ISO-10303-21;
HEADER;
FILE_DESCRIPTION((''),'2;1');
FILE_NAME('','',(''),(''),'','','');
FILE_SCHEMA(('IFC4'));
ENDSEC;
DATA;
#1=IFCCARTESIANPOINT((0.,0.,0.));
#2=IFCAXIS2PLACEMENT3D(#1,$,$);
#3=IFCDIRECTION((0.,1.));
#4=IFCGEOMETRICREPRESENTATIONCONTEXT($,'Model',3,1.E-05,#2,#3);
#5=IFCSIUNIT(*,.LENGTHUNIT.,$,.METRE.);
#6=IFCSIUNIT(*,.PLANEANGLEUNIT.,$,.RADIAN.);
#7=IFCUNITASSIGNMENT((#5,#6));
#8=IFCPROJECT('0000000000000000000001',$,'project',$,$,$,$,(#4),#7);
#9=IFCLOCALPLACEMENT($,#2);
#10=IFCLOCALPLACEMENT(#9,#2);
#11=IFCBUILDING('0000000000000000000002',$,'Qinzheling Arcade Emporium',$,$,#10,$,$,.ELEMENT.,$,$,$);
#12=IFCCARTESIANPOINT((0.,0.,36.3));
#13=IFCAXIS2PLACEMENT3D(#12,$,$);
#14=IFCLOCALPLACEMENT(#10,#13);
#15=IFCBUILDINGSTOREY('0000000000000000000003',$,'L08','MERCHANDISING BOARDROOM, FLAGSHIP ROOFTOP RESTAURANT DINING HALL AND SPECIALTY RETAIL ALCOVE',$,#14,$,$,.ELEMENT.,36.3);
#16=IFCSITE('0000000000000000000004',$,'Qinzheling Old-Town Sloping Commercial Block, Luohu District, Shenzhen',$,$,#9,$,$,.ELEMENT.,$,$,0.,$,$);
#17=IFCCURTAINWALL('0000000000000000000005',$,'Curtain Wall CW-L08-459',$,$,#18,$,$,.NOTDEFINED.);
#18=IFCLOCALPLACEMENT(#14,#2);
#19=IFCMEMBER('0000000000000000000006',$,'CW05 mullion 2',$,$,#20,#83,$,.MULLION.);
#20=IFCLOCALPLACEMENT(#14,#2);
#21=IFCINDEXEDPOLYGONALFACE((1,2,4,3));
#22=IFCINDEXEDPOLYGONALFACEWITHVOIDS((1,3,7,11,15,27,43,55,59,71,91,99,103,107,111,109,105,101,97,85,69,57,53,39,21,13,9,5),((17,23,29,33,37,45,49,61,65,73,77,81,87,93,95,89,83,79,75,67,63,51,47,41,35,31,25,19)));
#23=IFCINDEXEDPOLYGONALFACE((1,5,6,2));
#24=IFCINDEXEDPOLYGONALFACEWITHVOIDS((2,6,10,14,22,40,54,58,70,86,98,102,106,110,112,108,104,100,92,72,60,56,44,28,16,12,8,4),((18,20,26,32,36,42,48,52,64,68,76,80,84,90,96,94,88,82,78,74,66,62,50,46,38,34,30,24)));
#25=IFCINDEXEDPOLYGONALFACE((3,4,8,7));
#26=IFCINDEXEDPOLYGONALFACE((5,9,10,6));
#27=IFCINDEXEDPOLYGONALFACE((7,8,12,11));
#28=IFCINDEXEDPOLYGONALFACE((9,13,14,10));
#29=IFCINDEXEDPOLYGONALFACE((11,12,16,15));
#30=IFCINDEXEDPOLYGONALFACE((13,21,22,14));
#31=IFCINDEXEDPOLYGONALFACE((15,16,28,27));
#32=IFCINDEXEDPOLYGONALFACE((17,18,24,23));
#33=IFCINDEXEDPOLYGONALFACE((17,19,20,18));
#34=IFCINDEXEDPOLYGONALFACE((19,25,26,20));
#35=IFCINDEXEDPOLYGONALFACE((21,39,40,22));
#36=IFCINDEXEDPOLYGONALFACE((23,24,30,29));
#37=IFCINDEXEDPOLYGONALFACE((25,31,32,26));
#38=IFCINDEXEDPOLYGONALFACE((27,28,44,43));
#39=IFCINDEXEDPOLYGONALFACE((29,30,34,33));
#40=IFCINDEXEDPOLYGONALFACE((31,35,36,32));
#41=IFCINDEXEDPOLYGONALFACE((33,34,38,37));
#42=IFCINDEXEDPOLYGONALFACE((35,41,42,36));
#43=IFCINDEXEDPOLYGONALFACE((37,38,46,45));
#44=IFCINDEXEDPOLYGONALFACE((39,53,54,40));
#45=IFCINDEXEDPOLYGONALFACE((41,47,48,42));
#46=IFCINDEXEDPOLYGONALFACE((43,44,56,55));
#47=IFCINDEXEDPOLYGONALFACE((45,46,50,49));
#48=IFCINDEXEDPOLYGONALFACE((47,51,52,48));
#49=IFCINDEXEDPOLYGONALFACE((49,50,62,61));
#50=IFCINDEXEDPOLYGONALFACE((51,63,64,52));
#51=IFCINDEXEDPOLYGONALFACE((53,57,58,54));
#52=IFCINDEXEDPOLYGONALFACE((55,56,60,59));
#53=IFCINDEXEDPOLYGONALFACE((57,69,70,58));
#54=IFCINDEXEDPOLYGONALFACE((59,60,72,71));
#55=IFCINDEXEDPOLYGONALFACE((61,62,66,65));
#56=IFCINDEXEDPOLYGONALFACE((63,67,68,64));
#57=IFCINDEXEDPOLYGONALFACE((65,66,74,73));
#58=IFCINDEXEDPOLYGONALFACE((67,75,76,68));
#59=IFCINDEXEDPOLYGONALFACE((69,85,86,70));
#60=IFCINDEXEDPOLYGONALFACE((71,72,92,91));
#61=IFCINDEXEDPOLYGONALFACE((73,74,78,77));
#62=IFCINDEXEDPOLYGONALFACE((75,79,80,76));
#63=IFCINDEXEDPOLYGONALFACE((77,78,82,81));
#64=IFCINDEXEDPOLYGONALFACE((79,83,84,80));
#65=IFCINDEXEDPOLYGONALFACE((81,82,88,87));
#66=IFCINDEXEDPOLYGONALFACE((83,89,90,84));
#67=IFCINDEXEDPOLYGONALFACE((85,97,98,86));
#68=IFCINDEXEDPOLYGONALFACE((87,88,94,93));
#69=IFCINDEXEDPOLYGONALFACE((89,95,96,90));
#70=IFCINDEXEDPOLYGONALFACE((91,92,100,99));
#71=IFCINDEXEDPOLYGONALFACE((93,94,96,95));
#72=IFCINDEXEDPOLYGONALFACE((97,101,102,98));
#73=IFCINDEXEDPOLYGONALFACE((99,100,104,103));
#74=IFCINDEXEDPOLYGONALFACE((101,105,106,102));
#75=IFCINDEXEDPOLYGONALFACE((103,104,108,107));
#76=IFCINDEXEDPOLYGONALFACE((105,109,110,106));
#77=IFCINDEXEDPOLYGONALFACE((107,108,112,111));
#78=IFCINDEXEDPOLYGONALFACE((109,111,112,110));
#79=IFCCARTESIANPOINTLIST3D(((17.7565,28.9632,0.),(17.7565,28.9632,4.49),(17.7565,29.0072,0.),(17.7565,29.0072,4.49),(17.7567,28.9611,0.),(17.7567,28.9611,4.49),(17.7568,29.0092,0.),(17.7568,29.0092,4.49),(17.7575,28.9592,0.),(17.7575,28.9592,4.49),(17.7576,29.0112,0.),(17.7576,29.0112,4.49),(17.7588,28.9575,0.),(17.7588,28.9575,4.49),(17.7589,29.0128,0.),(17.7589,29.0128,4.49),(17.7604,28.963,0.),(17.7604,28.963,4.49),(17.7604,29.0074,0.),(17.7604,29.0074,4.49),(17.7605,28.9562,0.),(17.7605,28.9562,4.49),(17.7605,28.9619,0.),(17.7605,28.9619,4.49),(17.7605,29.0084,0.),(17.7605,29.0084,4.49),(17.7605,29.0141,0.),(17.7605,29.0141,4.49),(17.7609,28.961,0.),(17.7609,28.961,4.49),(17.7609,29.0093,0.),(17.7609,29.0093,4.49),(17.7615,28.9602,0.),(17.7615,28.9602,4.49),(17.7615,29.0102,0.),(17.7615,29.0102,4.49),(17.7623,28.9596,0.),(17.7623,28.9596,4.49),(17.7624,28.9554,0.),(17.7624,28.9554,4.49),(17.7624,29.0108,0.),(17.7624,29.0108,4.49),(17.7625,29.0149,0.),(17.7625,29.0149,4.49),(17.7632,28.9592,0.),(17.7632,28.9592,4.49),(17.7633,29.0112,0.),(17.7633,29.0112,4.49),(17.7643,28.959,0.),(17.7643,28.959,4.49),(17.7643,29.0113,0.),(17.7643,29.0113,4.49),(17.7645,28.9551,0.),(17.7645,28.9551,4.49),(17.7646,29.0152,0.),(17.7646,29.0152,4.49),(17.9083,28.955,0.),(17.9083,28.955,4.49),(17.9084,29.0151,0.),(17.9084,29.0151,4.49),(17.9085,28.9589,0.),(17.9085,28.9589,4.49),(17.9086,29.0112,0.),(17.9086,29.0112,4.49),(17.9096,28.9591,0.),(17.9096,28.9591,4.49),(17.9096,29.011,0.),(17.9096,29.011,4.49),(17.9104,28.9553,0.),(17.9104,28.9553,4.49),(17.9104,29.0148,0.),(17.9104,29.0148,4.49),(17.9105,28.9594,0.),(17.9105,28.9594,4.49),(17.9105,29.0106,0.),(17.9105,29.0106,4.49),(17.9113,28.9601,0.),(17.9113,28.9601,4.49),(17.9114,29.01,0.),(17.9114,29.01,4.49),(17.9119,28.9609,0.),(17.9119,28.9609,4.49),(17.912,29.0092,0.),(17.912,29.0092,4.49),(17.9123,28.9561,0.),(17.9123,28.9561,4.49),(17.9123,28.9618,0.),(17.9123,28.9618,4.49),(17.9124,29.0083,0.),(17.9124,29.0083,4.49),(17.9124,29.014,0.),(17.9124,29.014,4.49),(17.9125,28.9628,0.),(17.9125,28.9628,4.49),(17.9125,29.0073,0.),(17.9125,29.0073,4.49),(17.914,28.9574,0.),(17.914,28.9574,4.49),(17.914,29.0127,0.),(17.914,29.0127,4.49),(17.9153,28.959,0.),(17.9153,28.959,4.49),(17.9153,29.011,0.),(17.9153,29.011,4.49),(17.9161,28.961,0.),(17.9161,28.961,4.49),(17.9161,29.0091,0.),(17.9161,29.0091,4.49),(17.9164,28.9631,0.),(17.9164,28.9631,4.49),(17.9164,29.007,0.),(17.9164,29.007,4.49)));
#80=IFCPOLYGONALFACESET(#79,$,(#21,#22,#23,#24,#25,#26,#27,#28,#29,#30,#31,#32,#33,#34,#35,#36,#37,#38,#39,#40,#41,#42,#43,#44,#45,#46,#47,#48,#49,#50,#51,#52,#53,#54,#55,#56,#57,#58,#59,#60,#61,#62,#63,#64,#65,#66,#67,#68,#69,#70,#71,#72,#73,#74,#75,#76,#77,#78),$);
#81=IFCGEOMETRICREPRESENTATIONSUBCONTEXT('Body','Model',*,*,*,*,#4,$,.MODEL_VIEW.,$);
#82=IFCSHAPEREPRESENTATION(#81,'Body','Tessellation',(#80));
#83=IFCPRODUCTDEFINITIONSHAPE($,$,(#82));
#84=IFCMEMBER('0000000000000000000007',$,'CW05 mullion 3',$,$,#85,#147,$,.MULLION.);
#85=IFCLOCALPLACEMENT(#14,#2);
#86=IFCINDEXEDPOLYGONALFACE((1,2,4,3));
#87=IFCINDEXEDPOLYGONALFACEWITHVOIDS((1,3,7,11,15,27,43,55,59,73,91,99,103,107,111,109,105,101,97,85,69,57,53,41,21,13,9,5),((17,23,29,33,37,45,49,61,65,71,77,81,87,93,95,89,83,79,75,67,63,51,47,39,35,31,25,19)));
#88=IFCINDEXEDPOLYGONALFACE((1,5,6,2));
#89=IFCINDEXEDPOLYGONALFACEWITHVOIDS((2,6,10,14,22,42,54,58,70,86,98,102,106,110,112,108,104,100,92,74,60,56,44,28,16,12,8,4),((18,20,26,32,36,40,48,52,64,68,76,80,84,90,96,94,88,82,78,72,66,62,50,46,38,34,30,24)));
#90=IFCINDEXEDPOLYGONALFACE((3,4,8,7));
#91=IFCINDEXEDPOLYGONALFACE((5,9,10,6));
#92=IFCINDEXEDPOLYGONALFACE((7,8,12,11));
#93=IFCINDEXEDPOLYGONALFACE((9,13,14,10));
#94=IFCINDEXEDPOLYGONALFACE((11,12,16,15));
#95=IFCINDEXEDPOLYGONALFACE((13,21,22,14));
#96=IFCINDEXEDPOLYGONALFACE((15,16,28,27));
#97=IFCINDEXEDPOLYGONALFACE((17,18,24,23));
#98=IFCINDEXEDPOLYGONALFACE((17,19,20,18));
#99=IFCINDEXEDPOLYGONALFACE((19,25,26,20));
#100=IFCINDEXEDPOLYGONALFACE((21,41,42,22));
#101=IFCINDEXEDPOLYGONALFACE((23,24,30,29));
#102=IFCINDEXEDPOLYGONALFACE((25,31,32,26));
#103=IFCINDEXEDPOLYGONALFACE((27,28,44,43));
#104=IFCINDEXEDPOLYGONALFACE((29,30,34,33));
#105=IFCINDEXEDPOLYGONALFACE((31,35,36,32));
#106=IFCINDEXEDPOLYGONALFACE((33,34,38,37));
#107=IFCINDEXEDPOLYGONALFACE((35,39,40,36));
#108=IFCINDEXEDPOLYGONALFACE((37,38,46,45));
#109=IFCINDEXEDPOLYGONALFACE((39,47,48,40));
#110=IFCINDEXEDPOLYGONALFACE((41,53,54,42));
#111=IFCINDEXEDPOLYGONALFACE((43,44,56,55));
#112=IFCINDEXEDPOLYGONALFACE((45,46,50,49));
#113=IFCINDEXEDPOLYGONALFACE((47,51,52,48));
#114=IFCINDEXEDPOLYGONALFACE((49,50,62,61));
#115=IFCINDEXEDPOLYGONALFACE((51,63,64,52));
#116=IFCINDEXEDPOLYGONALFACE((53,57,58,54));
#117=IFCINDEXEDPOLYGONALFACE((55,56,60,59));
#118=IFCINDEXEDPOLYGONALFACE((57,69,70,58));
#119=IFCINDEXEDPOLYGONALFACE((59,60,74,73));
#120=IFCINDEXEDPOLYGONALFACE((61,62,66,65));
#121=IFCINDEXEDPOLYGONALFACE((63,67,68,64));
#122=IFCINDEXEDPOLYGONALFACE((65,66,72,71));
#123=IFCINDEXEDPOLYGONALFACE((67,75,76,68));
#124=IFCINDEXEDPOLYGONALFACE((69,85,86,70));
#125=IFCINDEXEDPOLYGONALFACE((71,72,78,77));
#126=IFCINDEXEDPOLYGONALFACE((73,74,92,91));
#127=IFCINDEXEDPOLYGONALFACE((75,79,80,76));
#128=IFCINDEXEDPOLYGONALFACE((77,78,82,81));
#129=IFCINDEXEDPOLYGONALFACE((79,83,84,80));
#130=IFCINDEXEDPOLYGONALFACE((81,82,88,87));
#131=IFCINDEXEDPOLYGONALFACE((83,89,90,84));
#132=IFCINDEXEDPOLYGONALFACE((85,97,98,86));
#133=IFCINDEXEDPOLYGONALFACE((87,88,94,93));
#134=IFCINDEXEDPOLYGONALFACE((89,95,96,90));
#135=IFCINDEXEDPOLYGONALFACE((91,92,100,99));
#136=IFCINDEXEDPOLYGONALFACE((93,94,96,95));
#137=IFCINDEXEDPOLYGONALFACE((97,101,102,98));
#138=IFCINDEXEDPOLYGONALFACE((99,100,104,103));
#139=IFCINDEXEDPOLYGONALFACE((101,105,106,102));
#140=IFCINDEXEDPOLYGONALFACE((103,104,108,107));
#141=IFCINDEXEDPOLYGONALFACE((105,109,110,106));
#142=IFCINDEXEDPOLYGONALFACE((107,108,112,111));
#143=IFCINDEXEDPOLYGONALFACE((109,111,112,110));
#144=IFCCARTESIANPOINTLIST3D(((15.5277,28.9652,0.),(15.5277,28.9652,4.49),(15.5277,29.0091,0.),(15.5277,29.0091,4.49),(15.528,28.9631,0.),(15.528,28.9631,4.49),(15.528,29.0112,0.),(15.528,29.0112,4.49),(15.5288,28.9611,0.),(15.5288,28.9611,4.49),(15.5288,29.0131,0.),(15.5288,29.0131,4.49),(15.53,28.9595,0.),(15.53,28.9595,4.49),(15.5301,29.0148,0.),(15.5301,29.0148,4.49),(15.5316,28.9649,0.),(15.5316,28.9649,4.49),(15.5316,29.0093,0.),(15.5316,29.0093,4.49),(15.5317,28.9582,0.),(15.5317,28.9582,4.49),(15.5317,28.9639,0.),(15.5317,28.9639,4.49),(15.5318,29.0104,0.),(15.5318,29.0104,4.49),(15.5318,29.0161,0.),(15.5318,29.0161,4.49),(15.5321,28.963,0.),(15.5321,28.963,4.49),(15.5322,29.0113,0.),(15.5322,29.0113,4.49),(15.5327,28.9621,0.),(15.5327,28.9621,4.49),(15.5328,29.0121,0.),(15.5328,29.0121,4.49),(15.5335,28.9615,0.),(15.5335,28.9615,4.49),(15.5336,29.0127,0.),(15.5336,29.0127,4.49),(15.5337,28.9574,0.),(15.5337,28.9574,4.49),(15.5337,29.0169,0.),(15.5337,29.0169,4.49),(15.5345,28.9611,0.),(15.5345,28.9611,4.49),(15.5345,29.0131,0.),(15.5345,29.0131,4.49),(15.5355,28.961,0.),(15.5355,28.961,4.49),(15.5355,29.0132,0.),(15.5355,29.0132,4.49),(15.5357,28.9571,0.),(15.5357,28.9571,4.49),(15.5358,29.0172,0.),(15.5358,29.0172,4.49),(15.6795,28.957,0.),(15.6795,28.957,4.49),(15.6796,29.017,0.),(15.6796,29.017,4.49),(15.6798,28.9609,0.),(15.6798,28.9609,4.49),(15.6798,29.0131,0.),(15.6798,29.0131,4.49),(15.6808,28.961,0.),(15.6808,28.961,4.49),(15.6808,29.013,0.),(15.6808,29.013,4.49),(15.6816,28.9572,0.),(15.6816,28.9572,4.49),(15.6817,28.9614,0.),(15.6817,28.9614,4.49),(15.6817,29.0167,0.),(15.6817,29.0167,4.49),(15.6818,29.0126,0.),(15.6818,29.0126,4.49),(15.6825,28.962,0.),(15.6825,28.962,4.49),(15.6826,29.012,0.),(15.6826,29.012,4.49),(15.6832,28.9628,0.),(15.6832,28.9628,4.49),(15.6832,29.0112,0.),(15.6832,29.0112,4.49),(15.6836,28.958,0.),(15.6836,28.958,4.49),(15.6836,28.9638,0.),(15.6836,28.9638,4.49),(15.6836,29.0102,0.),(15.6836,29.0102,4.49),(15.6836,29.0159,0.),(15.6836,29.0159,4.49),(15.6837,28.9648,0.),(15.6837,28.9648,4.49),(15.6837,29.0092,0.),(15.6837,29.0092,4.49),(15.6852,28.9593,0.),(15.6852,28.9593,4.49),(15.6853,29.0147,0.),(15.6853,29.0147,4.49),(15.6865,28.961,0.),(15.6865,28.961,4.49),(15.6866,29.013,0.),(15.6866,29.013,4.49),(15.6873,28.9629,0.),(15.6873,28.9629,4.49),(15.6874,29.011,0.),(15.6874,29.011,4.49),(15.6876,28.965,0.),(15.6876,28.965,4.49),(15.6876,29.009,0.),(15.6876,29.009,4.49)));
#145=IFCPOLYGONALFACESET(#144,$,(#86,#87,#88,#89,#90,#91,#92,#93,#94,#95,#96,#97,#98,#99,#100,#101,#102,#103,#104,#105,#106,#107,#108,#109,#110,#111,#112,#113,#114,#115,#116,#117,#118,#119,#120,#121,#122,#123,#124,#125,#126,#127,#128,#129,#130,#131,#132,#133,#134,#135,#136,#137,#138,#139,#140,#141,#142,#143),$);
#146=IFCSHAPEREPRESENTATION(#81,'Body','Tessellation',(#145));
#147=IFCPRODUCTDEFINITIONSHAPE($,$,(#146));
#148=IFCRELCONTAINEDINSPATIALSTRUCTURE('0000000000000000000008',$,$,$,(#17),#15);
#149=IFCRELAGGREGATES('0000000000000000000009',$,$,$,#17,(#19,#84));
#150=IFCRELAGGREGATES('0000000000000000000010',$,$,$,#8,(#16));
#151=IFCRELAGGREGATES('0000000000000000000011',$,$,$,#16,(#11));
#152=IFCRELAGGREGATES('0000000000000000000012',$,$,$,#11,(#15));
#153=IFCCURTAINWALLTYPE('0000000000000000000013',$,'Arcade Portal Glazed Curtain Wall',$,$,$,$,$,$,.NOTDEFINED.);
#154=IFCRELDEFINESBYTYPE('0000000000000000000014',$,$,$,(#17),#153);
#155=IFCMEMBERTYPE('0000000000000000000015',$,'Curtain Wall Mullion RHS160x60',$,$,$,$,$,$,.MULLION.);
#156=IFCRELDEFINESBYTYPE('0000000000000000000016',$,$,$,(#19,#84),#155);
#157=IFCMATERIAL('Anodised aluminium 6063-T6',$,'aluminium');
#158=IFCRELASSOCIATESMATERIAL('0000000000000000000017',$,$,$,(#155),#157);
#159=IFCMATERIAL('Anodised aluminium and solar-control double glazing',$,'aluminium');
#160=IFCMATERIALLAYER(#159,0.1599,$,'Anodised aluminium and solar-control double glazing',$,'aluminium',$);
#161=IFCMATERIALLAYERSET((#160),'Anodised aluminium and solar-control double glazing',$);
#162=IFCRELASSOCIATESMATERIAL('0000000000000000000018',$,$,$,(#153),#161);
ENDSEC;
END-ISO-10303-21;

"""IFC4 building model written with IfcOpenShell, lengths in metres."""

from ifc_helpers import new_model, si_unit, direction, frame, origin, origin_2d, place, context, subcontext, project, spatial, hollow_rectangle, extrude, material, layer, layer_set, material_profile, profile_set, type_object, element, aggregate, save


model = new_model("IFC4")

# Units and contexts
model_context = context("Model", 3, precision=1e-05, world=origin(), true_north=direction((0.0, 1.0)))
body_context = subcontext(model_context, "Body", "Model", "MODEL_VIEW")
ifc_project = project(units=[si_unit("LENGTHUNIT", "METRE"), si_unit("PLANEANGLEUNIT", "RADIAN")], contexts=[model_context])

# Site, building, storey
site_placement = place(None, origin())
site = spatial("IfcSite", under=ifc_project, at=site_placement, Name="Qinzheling Old-Town Sloping Commercial Block, Luohu District, Shenzhen", CompositionType="ELEMENT", RefElevation=0.0)
building_placement = place(site_placement, origin())
building = spatial("IfcBuilding", under=site, at=building_placement, Name="Qinzheling Arcade Emporium", CompositionType="ELEMENT")
storey_placement = place(building_placement, frame((0.0, 0.0, 36.3)))
storey = spatial("IfcBuildingStorey", under=building, at=storey_placement, Name="L08", Description="MERCHANDISING BOARDROOM, FLAGSHIP ROOFTOP RESTAURANT DINING HALL AND SPECIALTY RETAIL ALCOVE", CompositionType="ELEMENT", Elevation=36.3)

# Shared definitions
ifc_material_1 = material(Name="Anodised aluminium and solar-control double glazing", Category="aluminium")
ifc_material_2 = material(Name="Anodised aluminium 6063-T6", Category="aluminium")
ifc_material_profile_1 = material_profile(ifc_material_2, hollow_rectangle(XDim=0.0601, YDim=0.1599, WallThickness=0.0039, InnerFilletRadius=0.0039, OuterFilletRadius=0.0081, at=origin_2d()), Name="RHS 160x60x4", Category="aluminium")
ifc_profile_set_1 = profile_set([ifc_material_profile_1], Name="Anodised aluminium 6063-T6")
member_type_1 = type_object("IfcMemberType", Name="Curtain Wall Mullion RHS160x60", PredefinedType="MULLION", material=ifc_profile_set_1)

# Curtain wall, members
ifc_layer_1 = layer(ifc_material_1, 0.1599, Name="Anodised aluminium and solar-control double glazing", Category="aluminium")
ifc_layer_set_1 = layer_set([ifc_layer_1], Name="Anodised aluminium and solar-control double glazing")
curtain_wall_type_1 = type_object("IfcCurtainWallType", Name="Arcade Portal Glazed Curtain Wall", PredefinedType="NOTDEFINED", material=ifc_layer_set_1)
curtain_wall_1_placement = place(storey_placement, origin())
curtain_wall_1 = element("IfcCurtainWall", 1, at=curtain_wall_1_placement, inside=storey, type_object=curtain_wall_type_1, Name="Curtain Wall CW-L08-459", PredefinedType="NOTDEFINED")
member_1_placement = place(storey_placement, frame((17.8364, 28.9851, 0.0), z_axis=(0.0, 0.0, 1.0), x_axis=(-0.000897, -1.0, 0.0)))
member_1 = element("IfcMember", 2, at=member_1_placement, type_object=member_type_1, Name="CW05 mullion 2", PredefinedType="MULLION", context=body_context, shape_type="SweptSolid", body=[
    extrude(hollow_rectangle(XDim=0.0601, YDim=0.1599, WallThickness=0.0039, InnerFilletRadius=0.0039, OuterFilletRadius=0.0081, at=origin_2d()), origin(), (0.0, 0.0, 1.0), 4.49),
])
member_2_placement = place(storey_placement, frame((15.6077, 28.9871, 0.0), z_axis=(0.0, 0.0, 1.0), x_axis=(-0.000897, -1.0, 0.0)))
member_2 = element("IfcMember", 3, at=member_2_placement, type_object=member_type_1, Name="CW05 mullion 3", PredefinedType="MULLION", context=body_context, shape_type="SweptSolid", body=[
    extrude(hollow_rectangle(XDim=0.0601, YDim=0.1599, WallThickness=0.0039, InnerFilletRadius=0.0039, OuterFilletRadius=0.0081, at=origin_2d()), origin(), (0.0, 0.0, 1.0), 4.49),
])

aggregate(curtain_wall_1, [member_1, member_2])

save(model, "model.ifc")
